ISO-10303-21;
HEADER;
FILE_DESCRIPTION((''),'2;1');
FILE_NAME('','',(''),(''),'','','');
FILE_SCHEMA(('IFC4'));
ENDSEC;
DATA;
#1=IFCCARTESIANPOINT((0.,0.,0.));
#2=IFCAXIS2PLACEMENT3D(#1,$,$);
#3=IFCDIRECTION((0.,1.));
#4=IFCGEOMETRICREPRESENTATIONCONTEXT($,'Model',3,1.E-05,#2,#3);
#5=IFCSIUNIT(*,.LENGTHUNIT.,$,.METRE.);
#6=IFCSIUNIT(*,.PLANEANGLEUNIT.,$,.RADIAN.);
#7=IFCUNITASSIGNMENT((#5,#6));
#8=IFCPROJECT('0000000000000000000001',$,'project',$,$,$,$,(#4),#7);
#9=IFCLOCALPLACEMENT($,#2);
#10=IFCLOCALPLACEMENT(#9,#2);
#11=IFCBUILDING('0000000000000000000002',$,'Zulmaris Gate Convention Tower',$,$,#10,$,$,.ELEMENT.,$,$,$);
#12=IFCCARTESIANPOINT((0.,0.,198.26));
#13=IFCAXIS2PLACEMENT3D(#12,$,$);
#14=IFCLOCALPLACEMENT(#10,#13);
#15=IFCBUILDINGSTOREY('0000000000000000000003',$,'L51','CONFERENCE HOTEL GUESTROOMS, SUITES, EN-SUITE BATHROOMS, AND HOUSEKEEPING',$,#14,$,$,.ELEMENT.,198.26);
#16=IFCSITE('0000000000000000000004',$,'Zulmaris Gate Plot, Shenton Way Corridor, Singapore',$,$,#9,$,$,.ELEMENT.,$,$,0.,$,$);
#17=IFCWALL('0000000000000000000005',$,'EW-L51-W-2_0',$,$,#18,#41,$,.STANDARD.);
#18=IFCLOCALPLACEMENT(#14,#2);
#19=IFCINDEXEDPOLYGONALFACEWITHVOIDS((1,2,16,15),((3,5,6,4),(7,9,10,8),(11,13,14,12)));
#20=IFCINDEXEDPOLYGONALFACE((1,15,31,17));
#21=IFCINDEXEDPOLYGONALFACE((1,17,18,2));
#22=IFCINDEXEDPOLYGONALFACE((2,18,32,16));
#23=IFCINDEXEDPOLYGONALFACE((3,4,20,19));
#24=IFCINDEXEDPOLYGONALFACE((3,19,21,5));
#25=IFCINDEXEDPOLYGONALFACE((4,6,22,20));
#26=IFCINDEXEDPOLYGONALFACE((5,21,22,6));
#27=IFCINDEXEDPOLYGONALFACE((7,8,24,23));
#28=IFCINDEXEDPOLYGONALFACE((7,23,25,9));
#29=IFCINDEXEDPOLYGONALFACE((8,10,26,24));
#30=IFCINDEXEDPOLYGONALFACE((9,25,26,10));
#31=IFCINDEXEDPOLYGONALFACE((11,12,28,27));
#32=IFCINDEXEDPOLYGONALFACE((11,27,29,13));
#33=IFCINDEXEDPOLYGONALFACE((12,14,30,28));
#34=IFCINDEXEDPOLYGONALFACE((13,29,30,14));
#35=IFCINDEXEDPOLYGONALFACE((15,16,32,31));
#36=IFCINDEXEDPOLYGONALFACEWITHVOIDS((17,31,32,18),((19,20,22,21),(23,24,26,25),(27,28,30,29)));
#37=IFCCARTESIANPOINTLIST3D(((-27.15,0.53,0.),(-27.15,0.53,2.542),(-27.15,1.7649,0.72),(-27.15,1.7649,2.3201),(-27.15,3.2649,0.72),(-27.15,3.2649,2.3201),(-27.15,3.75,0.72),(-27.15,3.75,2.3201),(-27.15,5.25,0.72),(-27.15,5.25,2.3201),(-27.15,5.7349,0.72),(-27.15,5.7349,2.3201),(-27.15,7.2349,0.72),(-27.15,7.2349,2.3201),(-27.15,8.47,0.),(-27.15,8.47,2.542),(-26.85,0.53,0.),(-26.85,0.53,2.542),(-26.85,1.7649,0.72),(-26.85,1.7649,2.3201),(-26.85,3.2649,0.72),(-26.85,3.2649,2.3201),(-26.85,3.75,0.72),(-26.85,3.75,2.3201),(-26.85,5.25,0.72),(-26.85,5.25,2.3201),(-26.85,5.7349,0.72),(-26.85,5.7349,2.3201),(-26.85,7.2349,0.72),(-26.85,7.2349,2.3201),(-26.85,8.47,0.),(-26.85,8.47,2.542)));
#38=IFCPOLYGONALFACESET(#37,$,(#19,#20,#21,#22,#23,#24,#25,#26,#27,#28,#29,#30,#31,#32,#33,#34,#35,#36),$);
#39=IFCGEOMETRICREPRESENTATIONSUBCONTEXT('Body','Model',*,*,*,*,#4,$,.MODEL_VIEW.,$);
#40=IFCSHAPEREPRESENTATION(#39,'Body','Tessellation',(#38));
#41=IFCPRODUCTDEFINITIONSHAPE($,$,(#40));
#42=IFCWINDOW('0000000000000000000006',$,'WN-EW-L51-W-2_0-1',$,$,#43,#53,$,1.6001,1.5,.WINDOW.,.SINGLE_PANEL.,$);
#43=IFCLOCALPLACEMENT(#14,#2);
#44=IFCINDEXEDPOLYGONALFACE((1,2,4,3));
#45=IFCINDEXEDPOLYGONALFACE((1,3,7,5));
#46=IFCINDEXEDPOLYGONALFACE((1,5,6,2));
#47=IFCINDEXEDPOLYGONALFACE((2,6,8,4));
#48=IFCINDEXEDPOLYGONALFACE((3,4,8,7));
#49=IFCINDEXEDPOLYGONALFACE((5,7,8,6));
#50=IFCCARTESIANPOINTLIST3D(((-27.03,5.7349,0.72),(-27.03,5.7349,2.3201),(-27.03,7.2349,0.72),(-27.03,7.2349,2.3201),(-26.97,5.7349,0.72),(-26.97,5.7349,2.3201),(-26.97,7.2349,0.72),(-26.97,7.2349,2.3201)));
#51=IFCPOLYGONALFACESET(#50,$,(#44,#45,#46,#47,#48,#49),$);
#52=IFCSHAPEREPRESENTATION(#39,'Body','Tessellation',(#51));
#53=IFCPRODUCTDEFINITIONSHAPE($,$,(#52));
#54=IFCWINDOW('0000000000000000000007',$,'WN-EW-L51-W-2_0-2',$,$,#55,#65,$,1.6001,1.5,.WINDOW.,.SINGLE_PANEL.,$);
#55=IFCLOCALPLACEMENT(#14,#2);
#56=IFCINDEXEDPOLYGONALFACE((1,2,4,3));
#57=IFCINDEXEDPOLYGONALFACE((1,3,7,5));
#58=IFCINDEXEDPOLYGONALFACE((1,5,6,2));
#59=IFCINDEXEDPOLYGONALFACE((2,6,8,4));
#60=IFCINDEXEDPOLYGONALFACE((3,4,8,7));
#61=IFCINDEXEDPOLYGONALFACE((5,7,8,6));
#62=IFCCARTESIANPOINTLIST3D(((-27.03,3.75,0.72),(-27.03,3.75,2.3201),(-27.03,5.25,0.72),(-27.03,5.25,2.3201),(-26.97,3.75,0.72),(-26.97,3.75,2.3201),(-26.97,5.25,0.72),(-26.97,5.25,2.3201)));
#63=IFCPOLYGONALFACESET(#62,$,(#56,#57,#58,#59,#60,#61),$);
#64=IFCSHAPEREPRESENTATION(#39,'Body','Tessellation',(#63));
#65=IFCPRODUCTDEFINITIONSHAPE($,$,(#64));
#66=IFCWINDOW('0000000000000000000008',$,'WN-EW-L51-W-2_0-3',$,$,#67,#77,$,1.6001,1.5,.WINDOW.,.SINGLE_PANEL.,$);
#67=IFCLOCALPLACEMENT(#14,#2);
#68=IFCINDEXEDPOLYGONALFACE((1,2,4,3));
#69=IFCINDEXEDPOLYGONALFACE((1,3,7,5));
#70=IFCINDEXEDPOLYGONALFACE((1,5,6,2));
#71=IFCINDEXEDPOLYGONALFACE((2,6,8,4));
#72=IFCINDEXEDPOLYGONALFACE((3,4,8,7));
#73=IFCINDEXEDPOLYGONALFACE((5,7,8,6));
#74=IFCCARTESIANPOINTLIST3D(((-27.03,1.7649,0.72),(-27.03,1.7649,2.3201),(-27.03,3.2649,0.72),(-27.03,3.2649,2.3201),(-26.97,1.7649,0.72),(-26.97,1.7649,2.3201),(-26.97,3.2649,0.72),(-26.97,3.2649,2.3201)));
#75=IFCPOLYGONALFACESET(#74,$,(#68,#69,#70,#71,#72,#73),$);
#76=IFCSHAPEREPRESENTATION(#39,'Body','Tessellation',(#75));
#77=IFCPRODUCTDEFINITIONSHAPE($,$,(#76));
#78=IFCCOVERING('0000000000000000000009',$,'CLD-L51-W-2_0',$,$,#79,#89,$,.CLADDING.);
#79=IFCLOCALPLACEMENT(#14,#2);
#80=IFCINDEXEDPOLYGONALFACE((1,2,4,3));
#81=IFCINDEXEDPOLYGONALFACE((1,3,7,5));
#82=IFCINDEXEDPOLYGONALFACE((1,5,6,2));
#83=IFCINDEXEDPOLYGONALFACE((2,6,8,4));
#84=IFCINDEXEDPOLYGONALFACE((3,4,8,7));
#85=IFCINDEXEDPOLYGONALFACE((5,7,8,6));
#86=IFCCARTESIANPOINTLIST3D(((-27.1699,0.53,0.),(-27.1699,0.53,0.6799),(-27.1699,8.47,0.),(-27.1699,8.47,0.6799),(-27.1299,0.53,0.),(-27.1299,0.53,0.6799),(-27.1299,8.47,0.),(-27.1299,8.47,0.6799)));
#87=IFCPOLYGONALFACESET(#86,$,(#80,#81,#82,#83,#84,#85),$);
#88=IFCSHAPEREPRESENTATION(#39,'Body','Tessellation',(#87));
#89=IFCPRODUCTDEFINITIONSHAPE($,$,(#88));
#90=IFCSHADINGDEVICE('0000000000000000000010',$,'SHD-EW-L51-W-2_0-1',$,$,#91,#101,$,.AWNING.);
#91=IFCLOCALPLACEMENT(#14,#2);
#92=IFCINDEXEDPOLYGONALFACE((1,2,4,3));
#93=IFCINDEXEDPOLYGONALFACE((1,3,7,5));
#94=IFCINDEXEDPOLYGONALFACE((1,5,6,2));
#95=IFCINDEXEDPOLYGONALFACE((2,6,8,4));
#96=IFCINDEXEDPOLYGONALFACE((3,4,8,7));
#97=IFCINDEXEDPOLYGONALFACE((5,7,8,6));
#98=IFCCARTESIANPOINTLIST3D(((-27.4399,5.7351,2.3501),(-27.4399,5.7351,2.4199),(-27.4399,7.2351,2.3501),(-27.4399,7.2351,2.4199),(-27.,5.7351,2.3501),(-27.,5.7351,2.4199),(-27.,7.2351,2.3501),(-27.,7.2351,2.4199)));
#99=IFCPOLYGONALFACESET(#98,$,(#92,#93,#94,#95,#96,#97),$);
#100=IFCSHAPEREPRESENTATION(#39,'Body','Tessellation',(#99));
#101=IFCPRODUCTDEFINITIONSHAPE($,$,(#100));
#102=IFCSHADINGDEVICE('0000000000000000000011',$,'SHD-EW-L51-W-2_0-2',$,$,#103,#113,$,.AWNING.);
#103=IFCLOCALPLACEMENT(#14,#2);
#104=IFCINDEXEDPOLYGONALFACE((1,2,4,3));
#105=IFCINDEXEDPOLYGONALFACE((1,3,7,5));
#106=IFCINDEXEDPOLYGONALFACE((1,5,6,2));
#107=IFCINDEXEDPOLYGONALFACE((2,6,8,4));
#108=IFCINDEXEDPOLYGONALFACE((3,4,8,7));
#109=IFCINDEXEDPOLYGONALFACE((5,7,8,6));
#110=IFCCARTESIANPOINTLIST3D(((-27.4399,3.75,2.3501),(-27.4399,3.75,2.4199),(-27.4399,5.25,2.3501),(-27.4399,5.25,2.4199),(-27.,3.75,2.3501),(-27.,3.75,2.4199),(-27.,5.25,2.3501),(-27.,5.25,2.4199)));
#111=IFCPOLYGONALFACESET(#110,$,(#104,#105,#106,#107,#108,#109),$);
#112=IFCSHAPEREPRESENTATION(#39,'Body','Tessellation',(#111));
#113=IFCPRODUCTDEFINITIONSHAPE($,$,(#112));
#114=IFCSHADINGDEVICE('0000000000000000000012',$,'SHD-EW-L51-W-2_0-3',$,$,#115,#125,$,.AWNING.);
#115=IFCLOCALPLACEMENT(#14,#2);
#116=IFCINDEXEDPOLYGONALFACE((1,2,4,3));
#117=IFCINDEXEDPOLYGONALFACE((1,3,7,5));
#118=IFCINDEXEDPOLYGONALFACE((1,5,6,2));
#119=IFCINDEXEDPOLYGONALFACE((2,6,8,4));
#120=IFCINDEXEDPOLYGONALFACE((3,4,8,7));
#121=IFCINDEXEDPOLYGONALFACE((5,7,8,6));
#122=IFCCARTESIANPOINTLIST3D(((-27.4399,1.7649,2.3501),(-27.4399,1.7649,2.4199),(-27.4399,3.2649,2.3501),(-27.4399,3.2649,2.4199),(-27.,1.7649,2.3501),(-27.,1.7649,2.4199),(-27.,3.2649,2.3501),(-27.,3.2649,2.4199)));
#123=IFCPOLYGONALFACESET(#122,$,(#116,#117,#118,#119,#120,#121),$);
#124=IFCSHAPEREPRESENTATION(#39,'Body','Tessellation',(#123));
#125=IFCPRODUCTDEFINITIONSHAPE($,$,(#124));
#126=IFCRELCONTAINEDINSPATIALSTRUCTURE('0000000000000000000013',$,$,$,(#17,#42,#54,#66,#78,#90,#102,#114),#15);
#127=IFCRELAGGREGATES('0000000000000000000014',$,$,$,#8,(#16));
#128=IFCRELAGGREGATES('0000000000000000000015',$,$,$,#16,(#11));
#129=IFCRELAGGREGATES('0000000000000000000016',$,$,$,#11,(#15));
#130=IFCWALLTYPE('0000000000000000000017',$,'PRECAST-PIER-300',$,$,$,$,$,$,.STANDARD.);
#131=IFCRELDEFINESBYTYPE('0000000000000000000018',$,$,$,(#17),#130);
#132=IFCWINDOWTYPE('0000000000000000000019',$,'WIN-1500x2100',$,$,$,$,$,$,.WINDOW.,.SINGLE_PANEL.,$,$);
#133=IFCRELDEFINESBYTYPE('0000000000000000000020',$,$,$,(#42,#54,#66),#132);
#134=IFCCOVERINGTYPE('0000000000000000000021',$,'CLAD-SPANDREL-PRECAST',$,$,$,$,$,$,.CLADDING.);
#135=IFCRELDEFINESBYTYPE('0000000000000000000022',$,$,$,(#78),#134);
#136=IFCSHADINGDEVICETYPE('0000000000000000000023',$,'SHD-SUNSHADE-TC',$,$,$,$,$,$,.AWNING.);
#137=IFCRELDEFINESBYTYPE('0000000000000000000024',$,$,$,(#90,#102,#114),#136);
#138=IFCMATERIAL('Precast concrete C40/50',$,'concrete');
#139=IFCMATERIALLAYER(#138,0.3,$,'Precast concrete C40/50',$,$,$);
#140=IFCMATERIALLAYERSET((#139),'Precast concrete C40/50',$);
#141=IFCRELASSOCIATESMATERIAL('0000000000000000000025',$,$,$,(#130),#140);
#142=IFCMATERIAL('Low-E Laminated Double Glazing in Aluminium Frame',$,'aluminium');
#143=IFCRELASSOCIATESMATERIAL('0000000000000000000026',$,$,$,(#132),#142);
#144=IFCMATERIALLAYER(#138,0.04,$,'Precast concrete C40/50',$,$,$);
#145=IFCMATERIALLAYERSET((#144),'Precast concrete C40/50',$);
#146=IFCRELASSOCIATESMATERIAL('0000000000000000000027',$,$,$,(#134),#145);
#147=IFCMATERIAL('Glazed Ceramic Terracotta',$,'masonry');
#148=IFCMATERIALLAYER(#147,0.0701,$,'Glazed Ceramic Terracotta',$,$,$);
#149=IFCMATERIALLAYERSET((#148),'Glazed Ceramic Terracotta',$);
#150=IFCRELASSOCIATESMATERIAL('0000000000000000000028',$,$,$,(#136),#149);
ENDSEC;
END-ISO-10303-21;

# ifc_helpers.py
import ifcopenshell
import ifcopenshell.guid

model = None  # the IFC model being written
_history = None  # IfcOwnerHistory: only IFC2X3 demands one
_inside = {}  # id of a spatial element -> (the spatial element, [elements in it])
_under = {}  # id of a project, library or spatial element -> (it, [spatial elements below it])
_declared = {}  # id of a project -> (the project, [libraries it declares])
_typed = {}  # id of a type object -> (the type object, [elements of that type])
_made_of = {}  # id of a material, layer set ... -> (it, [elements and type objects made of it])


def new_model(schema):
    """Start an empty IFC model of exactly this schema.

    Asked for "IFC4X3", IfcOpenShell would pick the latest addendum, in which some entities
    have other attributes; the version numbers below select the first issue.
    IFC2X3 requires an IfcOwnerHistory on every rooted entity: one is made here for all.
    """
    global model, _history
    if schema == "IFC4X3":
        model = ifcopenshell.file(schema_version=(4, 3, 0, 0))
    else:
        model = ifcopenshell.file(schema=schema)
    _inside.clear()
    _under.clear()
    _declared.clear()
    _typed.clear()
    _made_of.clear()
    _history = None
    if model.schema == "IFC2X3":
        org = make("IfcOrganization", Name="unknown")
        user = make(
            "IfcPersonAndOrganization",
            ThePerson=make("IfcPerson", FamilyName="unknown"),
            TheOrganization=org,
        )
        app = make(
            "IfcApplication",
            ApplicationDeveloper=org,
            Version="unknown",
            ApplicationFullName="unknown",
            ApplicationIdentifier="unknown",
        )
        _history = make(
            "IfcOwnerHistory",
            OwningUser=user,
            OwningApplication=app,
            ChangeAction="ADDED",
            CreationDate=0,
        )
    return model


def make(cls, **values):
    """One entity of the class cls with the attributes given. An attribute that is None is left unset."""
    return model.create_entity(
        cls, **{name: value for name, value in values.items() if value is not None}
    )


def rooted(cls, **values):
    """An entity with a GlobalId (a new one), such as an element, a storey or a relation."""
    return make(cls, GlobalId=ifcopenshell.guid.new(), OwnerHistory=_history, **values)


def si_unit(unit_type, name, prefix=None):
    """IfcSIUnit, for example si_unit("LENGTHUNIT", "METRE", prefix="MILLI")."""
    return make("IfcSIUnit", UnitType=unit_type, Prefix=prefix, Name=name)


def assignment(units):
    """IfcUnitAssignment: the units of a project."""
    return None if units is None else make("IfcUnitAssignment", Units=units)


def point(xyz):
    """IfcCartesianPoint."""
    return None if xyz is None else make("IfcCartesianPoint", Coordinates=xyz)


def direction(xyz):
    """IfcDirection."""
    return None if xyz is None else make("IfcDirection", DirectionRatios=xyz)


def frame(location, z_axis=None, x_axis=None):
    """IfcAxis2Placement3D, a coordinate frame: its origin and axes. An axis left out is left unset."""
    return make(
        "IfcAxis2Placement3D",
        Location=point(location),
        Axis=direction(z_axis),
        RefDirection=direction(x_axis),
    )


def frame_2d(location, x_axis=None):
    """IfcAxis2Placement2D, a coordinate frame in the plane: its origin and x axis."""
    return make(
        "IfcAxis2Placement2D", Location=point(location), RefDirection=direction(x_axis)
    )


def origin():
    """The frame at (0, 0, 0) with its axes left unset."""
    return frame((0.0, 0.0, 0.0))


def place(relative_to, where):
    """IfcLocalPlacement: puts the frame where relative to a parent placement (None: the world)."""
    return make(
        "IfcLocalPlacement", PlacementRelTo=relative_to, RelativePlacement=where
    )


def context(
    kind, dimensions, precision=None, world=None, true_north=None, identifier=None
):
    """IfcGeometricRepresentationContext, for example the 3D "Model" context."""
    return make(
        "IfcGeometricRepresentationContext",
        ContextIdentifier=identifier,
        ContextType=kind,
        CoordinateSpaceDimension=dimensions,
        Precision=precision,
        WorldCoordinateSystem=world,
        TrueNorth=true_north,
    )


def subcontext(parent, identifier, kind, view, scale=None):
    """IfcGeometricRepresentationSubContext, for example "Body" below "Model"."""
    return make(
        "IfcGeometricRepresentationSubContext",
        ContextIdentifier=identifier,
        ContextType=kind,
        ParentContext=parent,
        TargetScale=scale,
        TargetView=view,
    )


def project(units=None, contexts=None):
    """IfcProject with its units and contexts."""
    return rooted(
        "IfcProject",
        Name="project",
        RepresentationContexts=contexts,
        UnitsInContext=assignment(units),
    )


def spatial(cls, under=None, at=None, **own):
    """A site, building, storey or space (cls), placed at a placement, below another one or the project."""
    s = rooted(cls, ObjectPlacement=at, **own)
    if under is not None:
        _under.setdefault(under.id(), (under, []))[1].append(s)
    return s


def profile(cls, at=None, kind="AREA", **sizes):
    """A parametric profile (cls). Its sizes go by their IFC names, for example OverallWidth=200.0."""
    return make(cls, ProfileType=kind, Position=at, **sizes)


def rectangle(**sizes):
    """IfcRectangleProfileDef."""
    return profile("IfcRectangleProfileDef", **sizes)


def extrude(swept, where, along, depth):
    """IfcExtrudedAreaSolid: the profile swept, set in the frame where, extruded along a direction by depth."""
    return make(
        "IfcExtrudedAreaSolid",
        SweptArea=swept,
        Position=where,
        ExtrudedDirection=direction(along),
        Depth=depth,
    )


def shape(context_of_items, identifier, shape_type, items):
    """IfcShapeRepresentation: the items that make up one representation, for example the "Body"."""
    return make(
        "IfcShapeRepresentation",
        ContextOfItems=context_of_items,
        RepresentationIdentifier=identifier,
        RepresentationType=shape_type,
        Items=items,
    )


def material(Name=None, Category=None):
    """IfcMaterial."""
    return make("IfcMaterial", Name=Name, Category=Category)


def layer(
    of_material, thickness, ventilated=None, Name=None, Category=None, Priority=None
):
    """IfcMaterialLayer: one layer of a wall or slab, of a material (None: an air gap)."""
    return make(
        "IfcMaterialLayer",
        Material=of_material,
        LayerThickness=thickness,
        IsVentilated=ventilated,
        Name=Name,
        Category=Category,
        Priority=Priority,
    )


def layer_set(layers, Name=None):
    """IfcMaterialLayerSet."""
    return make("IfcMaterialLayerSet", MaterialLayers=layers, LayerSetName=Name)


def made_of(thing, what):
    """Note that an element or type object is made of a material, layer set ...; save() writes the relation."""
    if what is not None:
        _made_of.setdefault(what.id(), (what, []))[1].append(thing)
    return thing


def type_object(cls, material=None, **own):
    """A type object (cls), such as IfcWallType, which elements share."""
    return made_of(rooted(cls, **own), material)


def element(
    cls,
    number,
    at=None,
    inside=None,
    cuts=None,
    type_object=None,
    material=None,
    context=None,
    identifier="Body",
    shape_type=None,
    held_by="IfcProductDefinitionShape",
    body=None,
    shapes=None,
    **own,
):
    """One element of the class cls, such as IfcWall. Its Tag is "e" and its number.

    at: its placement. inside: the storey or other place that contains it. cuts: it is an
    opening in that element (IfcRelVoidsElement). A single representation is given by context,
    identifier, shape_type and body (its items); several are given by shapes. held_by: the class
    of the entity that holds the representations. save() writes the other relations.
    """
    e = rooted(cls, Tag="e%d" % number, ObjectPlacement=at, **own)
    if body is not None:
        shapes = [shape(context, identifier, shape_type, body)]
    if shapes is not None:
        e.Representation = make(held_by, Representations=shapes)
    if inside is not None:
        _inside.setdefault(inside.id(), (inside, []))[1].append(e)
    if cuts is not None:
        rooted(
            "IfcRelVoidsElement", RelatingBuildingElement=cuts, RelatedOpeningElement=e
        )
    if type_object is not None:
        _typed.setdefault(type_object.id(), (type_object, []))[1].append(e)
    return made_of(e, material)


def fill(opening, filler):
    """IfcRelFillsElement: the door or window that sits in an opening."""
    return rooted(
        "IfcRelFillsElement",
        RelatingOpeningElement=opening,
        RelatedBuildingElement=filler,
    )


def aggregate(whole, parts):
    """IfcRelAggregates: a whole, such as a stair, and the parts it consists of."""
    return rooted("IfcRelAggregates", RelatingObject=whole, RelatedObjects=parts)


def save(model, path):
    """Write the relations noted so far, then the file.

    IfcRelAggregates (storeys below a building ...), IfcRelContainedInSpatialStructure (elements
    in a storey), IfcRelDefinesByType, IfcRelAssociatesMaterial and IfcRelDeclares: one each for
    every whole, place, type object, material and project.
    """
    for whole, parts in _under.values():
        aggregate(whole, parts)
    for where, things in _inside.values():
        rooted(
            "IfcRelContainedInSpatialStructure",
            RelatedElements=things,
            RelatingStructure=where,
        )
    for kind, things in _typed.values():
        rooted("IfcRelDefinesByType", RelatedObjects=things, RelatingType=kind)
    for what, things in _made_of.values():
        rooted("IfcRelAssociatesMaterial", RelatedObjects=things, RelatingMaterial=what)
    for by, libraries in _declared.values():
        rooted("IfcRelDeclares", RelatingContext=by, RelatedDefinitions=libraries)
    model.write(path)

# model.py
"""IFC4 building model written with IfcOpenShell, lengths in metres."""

from ifc_helpers import new_model, si_unit, direction, frame, frame_2d, origin, place, context, subcontext, project, spatial, rectangle, extrude, material, layer, layer_set, type_object, element, fill, save


model = new_model("IFC4")

# Units and contexts
model_context = context("Model", 3, precision=1e-05, world=origin(), true_north=direction((0.0, 1.0)))
body_context = subcontext(model_context, "Body", "Model", "MODEL_VIEW")
ifc_project = project(units=[si_unit("LENGTHUNIT", "METRE"), si_unit("PLANEANGLEUNIT", "RADIAN")], contexts=[model_context])

# Site, building, storey
site_placement = place(None, origin())
site = spatial("IfcSite", under=ifc_project, at=site_placement, Name="Zulmaris Gate Plot, Shenton Way Corridor, Singapore", CompositionType="ELEMENT", RefElevation=0.0)
building_placement = place(site_placement, origin())
building = spatial("IfcBuilding", under=site, at=building_placement, Name="Zulmaris Gate Convention Tower", CompositionType="ELEMENT")
storey_placement = place(building_placement, frame((0.0, 0.0, 198.26)))
storey = spatial("IfcBuildingStorey", under=building, at=storey_placement, Name="L51", Description="CONFERENCE HOTEL GUESTROOMS, SUITES, EN-SUITE BATHROOMS, AND HOUSEKEEPING", CompositionType="ELEMENT", Elevation=198.26)

# Wall, openings, windows
ifc_material_1 = material(Name="Precast concrete C40/50", Category="concrete")
ifc_layer_1 = layer(ifc_material_1, 0.3, Name="Precast concrete C40/50")
ifc_layer_set_1 = layer_set([ifc_layer_1], Name="Precast concrete C40/50")
wall_type_1 = type_object("IfcWallType", Name="PRECAST-PIER-300", PredefinedType="STANDARD", material=ifc_layer_set_1)
wall_1_placement = place(storey_placement, frame((-27.0, 8.47, 0.0), z_axis=(0.0, 0.0, 1.0), x_axis=(0.0, -1.0, 0.0)))
wall_1 = element("IfcWall", 1, at=wall_1_placement, inside=storey, type_object=wall_type_1, Name="EW-L51-W-2_0", PredefinedType="STANDARD", context=body_context, shape_type="SweptSolid", body=[
    extrude(rectangle(XDim=7.9399, YDim=0.3, at=frame_2d((3.97, 0.0))), origin(), (0.0, 0.0, 1.0), 2.542),
])
opening_1_placement = place(wall_1_placement, frame((1.2351, 0.0, 0.72)))
opening_1 = element("IfcOpeningElement", 2, at=opening_1_placement, cuts=wall_1, PredefinedType="OPENING", context=body_context, shape_type="SweptSolid", body=[
    extrude(rectangle(XDim=1.5, YDim=1.6001, at=frame_2d((0.75, 0.8))), frame((0.0, 0.1602, 0.0), z_axis=(0.0, -1.0, 0.0), x_axis=(1.0, 0.0, 0.0)), (0.0, 0.0, 1.0), 0.3201),
])
opening_2_placement = place(wall_1_placement, frame((3.22, 0.0, 0.72)))
opening_2 = element("IfcOpeningElement", 3, at=opening_2_placement, cuts=wall_1, PredefinedType="OPENING", context=body_context, shape_type="SweptSolid", body=[
    extrude(rectangle(XDim=1.5, YDim=1.6001, at=frame_2d((0.75, 0.8))), frame((0.0, 0.1602, 0.0), z_axis=(0.0, -1.0, 0.0), x_axis=(1.0, 0.0, 0.0)), (0.0, 0.0, 1.0), 0.3201),
])
opening_3_placement = place(wall_1_placement, frame((5.2051, 0.0, 0.72)))
opening_3 = element("IfcOpeningElement", 4, at=opening_3_placement, cuts=wall_1, PredefinedType="OPENING", context=body_context, shape_type="SweptSolid", body=[
    extrude(rectangle(XDim=1.5, YDim=1.6001, at=frame_2d((0.75, 0.8))), frame((0.0, 0.1602, 0.0), z_axis=(0.0, -1.0, 0.0), x_axis=(1.0, 0.0, 0.0)), (0.0, 0.0, 1.0), 0.3201),
])
ifc_material_2 = material(Name="Low-E Laminated Double Glazing in Aluminium Frame", Category="aluminium")
window_type = type_object("IfcWindowType", Name="WIN-1500x2100", PartitioningType="SINGLE_PANEL", PredefinedType="WINDOW", material=ifc_material_2)
window_1_placement = place(opening_1_placement, origin())
window_1 = element("IfcWindow", 5, at=window_1_placement, inside=storey, type_object=window_type, Name="WN-EW-L51-W-2_0-1", OverallHeight=1.6001, OverallWidth=1.5, PartitioningType="SINGLE_PANEL", PredefinedType="WINDOW", context=body_context, shape_type="SweptSolid", body=[
    extrude(rectangle(XDim=1.5, YDim=1.6001, at=frame_2d((0.75, 0.8))), frame((0.0, 0.03, 0.0), z_axis=(0.0, -1.0, 0.0), x_axis=(1.0, 0.0, 0.0)), (0.0, 0.0, 1.0), 0.0601),
])
fill(opening_1, window_1)
window_2_placement = place(opening_2_placement, origin())
window_2 = element("IfcWindow", 6, at=window_2_placement, inside=storey, type_object=window_type, Name="WN-EW-L51-W-2_0-2", OverallHeight=1.6001, OverallWidth=1.5, PartitioningType="SINGLE_PANEL", PredefinedType="WINDOW", context=body_context, shape_type="SweptSolid", body=[
    extrude(rectangle(XDim=1.5, YDim=1.6001, at=frame_2d((0.75, 0.8))), frame((0.0, 0.03, 0.0), z_axis=(0.0, -1.0, 0.0), x_axis=(1.0, 0.0, 0.0)), (0.0, 0.0, 1.0), 0.0601),
])
fill(opening_2, window_2)
window_3_placement = place(opening_3_placement, origin())
window_3 = element("IfcWindow", 7, at=window_3_placement, inside=storey, type_object=window_type, Name="WN-EW-L51-W-2_0-3", OverallHeight=1.6001, OverallWidth=1.5, PartitioningType="SINGLE_PANEL", PredefinedType="WINDOW", context=body_context, shape_type="SweptSolid", body=[
    extrude(rectangle(XDim=1.5, YDim=1.6001, at=frame_2d((0.75, 0.8))), frame((0.0, 0.03, 0.0), z_axis=(0.0, -1.0, 0.0), x_axis=(1.0, 0.0, 0.0)), (0.0, 0.0, 1.0), 0.0601),
])
fill(opening_3, window_3)

# Covering
ifc_layer_2 = layer(ifc_material_1, 0.04, Name="Precast concrete C40/50")
ifc_layer_set_2 = layer_set([ifc_layer_2], Name="Precast concrete C40/50")
covering_type = type_object("IfcCoveringType", Name="CLAD-SPANDREL-PRECAST", PredefinedType="CLADDING", material=ifc_layer_set_2)
covering_placement = place(storey_placement, frame((-27.1499, 8.47, 0.0), z_axis=(0.0, 0.0, 1.0), x_axis=(0.0, -1.0, 0.0)))
element("IfcCovering", 8, at=covering_placement, inside=storey, type_object=covering_type, Name="CLD-L51-W-2_0", PredefinedType="CLADDING", context=body_context, shape_type="SweptSolid", body=[
    extrude(rectangle(XDim=7.9399, YDim=0.04, at=frame_2d((3.97, 0.0))), origin(), (0.0, 0.0, 1.0), 0.6799),
])

# Shading devices
ifc_material_3 = material(Name="Glazed Ceramic Terracotta", Category="masonry")
ifc_layer_3 = layer(ifc_material_3, 0.0701, Name="Glazed Ceramic Terracotta")
ifc_layer_set_3 = layer_set([ifc_layer_3], Name="Glazed Ceramic Terracotta")
shading_device_type = type_object("IfcShadingDeviceType", Name="SHD-SUNSHADE-TC", PredefinedType="AWNING", material=ifc_layer_set_3)
for number, where, z_axis, x_axis, name in (
    (9, (-27.22, 7.2351, 2.3501), (0.0, 0.0, 1.0), (0.0, -1.0, 0.0), "SHD-EW-L51-W-2_0-1"),
    (10, (-27.22, 5.25, 2.3501), (0.0, 0.0, 1.0), (0.0, -1.0, 0.0), "SHD-EW-L51-W-2_0-2"),
    (11, (-27.22, 3.2649, 2.3501), (0.0, 0.0, 1.0), (0.0, -1.0, 0.0), "SHD-EW-L51-W-2_0-3"),
):
    element("IfcShadingDevice", number, at=place(storey_placement, frame(where, z_axis=z_axis, x_axis=x_axis)), inside=storey, type_object=shading_device_type, Name=name, PredefinedType="AWNING", context=body_context, shape_type="SweptSolid", body=[
        extrude(rectangle(XDim=1.5, YDim=0.4399, at=frame_2d((0.75, 0.0))), origin(), (0.0, 0.0, 1.0), 0.0698),
    ])

save(model, "model.ifc")
